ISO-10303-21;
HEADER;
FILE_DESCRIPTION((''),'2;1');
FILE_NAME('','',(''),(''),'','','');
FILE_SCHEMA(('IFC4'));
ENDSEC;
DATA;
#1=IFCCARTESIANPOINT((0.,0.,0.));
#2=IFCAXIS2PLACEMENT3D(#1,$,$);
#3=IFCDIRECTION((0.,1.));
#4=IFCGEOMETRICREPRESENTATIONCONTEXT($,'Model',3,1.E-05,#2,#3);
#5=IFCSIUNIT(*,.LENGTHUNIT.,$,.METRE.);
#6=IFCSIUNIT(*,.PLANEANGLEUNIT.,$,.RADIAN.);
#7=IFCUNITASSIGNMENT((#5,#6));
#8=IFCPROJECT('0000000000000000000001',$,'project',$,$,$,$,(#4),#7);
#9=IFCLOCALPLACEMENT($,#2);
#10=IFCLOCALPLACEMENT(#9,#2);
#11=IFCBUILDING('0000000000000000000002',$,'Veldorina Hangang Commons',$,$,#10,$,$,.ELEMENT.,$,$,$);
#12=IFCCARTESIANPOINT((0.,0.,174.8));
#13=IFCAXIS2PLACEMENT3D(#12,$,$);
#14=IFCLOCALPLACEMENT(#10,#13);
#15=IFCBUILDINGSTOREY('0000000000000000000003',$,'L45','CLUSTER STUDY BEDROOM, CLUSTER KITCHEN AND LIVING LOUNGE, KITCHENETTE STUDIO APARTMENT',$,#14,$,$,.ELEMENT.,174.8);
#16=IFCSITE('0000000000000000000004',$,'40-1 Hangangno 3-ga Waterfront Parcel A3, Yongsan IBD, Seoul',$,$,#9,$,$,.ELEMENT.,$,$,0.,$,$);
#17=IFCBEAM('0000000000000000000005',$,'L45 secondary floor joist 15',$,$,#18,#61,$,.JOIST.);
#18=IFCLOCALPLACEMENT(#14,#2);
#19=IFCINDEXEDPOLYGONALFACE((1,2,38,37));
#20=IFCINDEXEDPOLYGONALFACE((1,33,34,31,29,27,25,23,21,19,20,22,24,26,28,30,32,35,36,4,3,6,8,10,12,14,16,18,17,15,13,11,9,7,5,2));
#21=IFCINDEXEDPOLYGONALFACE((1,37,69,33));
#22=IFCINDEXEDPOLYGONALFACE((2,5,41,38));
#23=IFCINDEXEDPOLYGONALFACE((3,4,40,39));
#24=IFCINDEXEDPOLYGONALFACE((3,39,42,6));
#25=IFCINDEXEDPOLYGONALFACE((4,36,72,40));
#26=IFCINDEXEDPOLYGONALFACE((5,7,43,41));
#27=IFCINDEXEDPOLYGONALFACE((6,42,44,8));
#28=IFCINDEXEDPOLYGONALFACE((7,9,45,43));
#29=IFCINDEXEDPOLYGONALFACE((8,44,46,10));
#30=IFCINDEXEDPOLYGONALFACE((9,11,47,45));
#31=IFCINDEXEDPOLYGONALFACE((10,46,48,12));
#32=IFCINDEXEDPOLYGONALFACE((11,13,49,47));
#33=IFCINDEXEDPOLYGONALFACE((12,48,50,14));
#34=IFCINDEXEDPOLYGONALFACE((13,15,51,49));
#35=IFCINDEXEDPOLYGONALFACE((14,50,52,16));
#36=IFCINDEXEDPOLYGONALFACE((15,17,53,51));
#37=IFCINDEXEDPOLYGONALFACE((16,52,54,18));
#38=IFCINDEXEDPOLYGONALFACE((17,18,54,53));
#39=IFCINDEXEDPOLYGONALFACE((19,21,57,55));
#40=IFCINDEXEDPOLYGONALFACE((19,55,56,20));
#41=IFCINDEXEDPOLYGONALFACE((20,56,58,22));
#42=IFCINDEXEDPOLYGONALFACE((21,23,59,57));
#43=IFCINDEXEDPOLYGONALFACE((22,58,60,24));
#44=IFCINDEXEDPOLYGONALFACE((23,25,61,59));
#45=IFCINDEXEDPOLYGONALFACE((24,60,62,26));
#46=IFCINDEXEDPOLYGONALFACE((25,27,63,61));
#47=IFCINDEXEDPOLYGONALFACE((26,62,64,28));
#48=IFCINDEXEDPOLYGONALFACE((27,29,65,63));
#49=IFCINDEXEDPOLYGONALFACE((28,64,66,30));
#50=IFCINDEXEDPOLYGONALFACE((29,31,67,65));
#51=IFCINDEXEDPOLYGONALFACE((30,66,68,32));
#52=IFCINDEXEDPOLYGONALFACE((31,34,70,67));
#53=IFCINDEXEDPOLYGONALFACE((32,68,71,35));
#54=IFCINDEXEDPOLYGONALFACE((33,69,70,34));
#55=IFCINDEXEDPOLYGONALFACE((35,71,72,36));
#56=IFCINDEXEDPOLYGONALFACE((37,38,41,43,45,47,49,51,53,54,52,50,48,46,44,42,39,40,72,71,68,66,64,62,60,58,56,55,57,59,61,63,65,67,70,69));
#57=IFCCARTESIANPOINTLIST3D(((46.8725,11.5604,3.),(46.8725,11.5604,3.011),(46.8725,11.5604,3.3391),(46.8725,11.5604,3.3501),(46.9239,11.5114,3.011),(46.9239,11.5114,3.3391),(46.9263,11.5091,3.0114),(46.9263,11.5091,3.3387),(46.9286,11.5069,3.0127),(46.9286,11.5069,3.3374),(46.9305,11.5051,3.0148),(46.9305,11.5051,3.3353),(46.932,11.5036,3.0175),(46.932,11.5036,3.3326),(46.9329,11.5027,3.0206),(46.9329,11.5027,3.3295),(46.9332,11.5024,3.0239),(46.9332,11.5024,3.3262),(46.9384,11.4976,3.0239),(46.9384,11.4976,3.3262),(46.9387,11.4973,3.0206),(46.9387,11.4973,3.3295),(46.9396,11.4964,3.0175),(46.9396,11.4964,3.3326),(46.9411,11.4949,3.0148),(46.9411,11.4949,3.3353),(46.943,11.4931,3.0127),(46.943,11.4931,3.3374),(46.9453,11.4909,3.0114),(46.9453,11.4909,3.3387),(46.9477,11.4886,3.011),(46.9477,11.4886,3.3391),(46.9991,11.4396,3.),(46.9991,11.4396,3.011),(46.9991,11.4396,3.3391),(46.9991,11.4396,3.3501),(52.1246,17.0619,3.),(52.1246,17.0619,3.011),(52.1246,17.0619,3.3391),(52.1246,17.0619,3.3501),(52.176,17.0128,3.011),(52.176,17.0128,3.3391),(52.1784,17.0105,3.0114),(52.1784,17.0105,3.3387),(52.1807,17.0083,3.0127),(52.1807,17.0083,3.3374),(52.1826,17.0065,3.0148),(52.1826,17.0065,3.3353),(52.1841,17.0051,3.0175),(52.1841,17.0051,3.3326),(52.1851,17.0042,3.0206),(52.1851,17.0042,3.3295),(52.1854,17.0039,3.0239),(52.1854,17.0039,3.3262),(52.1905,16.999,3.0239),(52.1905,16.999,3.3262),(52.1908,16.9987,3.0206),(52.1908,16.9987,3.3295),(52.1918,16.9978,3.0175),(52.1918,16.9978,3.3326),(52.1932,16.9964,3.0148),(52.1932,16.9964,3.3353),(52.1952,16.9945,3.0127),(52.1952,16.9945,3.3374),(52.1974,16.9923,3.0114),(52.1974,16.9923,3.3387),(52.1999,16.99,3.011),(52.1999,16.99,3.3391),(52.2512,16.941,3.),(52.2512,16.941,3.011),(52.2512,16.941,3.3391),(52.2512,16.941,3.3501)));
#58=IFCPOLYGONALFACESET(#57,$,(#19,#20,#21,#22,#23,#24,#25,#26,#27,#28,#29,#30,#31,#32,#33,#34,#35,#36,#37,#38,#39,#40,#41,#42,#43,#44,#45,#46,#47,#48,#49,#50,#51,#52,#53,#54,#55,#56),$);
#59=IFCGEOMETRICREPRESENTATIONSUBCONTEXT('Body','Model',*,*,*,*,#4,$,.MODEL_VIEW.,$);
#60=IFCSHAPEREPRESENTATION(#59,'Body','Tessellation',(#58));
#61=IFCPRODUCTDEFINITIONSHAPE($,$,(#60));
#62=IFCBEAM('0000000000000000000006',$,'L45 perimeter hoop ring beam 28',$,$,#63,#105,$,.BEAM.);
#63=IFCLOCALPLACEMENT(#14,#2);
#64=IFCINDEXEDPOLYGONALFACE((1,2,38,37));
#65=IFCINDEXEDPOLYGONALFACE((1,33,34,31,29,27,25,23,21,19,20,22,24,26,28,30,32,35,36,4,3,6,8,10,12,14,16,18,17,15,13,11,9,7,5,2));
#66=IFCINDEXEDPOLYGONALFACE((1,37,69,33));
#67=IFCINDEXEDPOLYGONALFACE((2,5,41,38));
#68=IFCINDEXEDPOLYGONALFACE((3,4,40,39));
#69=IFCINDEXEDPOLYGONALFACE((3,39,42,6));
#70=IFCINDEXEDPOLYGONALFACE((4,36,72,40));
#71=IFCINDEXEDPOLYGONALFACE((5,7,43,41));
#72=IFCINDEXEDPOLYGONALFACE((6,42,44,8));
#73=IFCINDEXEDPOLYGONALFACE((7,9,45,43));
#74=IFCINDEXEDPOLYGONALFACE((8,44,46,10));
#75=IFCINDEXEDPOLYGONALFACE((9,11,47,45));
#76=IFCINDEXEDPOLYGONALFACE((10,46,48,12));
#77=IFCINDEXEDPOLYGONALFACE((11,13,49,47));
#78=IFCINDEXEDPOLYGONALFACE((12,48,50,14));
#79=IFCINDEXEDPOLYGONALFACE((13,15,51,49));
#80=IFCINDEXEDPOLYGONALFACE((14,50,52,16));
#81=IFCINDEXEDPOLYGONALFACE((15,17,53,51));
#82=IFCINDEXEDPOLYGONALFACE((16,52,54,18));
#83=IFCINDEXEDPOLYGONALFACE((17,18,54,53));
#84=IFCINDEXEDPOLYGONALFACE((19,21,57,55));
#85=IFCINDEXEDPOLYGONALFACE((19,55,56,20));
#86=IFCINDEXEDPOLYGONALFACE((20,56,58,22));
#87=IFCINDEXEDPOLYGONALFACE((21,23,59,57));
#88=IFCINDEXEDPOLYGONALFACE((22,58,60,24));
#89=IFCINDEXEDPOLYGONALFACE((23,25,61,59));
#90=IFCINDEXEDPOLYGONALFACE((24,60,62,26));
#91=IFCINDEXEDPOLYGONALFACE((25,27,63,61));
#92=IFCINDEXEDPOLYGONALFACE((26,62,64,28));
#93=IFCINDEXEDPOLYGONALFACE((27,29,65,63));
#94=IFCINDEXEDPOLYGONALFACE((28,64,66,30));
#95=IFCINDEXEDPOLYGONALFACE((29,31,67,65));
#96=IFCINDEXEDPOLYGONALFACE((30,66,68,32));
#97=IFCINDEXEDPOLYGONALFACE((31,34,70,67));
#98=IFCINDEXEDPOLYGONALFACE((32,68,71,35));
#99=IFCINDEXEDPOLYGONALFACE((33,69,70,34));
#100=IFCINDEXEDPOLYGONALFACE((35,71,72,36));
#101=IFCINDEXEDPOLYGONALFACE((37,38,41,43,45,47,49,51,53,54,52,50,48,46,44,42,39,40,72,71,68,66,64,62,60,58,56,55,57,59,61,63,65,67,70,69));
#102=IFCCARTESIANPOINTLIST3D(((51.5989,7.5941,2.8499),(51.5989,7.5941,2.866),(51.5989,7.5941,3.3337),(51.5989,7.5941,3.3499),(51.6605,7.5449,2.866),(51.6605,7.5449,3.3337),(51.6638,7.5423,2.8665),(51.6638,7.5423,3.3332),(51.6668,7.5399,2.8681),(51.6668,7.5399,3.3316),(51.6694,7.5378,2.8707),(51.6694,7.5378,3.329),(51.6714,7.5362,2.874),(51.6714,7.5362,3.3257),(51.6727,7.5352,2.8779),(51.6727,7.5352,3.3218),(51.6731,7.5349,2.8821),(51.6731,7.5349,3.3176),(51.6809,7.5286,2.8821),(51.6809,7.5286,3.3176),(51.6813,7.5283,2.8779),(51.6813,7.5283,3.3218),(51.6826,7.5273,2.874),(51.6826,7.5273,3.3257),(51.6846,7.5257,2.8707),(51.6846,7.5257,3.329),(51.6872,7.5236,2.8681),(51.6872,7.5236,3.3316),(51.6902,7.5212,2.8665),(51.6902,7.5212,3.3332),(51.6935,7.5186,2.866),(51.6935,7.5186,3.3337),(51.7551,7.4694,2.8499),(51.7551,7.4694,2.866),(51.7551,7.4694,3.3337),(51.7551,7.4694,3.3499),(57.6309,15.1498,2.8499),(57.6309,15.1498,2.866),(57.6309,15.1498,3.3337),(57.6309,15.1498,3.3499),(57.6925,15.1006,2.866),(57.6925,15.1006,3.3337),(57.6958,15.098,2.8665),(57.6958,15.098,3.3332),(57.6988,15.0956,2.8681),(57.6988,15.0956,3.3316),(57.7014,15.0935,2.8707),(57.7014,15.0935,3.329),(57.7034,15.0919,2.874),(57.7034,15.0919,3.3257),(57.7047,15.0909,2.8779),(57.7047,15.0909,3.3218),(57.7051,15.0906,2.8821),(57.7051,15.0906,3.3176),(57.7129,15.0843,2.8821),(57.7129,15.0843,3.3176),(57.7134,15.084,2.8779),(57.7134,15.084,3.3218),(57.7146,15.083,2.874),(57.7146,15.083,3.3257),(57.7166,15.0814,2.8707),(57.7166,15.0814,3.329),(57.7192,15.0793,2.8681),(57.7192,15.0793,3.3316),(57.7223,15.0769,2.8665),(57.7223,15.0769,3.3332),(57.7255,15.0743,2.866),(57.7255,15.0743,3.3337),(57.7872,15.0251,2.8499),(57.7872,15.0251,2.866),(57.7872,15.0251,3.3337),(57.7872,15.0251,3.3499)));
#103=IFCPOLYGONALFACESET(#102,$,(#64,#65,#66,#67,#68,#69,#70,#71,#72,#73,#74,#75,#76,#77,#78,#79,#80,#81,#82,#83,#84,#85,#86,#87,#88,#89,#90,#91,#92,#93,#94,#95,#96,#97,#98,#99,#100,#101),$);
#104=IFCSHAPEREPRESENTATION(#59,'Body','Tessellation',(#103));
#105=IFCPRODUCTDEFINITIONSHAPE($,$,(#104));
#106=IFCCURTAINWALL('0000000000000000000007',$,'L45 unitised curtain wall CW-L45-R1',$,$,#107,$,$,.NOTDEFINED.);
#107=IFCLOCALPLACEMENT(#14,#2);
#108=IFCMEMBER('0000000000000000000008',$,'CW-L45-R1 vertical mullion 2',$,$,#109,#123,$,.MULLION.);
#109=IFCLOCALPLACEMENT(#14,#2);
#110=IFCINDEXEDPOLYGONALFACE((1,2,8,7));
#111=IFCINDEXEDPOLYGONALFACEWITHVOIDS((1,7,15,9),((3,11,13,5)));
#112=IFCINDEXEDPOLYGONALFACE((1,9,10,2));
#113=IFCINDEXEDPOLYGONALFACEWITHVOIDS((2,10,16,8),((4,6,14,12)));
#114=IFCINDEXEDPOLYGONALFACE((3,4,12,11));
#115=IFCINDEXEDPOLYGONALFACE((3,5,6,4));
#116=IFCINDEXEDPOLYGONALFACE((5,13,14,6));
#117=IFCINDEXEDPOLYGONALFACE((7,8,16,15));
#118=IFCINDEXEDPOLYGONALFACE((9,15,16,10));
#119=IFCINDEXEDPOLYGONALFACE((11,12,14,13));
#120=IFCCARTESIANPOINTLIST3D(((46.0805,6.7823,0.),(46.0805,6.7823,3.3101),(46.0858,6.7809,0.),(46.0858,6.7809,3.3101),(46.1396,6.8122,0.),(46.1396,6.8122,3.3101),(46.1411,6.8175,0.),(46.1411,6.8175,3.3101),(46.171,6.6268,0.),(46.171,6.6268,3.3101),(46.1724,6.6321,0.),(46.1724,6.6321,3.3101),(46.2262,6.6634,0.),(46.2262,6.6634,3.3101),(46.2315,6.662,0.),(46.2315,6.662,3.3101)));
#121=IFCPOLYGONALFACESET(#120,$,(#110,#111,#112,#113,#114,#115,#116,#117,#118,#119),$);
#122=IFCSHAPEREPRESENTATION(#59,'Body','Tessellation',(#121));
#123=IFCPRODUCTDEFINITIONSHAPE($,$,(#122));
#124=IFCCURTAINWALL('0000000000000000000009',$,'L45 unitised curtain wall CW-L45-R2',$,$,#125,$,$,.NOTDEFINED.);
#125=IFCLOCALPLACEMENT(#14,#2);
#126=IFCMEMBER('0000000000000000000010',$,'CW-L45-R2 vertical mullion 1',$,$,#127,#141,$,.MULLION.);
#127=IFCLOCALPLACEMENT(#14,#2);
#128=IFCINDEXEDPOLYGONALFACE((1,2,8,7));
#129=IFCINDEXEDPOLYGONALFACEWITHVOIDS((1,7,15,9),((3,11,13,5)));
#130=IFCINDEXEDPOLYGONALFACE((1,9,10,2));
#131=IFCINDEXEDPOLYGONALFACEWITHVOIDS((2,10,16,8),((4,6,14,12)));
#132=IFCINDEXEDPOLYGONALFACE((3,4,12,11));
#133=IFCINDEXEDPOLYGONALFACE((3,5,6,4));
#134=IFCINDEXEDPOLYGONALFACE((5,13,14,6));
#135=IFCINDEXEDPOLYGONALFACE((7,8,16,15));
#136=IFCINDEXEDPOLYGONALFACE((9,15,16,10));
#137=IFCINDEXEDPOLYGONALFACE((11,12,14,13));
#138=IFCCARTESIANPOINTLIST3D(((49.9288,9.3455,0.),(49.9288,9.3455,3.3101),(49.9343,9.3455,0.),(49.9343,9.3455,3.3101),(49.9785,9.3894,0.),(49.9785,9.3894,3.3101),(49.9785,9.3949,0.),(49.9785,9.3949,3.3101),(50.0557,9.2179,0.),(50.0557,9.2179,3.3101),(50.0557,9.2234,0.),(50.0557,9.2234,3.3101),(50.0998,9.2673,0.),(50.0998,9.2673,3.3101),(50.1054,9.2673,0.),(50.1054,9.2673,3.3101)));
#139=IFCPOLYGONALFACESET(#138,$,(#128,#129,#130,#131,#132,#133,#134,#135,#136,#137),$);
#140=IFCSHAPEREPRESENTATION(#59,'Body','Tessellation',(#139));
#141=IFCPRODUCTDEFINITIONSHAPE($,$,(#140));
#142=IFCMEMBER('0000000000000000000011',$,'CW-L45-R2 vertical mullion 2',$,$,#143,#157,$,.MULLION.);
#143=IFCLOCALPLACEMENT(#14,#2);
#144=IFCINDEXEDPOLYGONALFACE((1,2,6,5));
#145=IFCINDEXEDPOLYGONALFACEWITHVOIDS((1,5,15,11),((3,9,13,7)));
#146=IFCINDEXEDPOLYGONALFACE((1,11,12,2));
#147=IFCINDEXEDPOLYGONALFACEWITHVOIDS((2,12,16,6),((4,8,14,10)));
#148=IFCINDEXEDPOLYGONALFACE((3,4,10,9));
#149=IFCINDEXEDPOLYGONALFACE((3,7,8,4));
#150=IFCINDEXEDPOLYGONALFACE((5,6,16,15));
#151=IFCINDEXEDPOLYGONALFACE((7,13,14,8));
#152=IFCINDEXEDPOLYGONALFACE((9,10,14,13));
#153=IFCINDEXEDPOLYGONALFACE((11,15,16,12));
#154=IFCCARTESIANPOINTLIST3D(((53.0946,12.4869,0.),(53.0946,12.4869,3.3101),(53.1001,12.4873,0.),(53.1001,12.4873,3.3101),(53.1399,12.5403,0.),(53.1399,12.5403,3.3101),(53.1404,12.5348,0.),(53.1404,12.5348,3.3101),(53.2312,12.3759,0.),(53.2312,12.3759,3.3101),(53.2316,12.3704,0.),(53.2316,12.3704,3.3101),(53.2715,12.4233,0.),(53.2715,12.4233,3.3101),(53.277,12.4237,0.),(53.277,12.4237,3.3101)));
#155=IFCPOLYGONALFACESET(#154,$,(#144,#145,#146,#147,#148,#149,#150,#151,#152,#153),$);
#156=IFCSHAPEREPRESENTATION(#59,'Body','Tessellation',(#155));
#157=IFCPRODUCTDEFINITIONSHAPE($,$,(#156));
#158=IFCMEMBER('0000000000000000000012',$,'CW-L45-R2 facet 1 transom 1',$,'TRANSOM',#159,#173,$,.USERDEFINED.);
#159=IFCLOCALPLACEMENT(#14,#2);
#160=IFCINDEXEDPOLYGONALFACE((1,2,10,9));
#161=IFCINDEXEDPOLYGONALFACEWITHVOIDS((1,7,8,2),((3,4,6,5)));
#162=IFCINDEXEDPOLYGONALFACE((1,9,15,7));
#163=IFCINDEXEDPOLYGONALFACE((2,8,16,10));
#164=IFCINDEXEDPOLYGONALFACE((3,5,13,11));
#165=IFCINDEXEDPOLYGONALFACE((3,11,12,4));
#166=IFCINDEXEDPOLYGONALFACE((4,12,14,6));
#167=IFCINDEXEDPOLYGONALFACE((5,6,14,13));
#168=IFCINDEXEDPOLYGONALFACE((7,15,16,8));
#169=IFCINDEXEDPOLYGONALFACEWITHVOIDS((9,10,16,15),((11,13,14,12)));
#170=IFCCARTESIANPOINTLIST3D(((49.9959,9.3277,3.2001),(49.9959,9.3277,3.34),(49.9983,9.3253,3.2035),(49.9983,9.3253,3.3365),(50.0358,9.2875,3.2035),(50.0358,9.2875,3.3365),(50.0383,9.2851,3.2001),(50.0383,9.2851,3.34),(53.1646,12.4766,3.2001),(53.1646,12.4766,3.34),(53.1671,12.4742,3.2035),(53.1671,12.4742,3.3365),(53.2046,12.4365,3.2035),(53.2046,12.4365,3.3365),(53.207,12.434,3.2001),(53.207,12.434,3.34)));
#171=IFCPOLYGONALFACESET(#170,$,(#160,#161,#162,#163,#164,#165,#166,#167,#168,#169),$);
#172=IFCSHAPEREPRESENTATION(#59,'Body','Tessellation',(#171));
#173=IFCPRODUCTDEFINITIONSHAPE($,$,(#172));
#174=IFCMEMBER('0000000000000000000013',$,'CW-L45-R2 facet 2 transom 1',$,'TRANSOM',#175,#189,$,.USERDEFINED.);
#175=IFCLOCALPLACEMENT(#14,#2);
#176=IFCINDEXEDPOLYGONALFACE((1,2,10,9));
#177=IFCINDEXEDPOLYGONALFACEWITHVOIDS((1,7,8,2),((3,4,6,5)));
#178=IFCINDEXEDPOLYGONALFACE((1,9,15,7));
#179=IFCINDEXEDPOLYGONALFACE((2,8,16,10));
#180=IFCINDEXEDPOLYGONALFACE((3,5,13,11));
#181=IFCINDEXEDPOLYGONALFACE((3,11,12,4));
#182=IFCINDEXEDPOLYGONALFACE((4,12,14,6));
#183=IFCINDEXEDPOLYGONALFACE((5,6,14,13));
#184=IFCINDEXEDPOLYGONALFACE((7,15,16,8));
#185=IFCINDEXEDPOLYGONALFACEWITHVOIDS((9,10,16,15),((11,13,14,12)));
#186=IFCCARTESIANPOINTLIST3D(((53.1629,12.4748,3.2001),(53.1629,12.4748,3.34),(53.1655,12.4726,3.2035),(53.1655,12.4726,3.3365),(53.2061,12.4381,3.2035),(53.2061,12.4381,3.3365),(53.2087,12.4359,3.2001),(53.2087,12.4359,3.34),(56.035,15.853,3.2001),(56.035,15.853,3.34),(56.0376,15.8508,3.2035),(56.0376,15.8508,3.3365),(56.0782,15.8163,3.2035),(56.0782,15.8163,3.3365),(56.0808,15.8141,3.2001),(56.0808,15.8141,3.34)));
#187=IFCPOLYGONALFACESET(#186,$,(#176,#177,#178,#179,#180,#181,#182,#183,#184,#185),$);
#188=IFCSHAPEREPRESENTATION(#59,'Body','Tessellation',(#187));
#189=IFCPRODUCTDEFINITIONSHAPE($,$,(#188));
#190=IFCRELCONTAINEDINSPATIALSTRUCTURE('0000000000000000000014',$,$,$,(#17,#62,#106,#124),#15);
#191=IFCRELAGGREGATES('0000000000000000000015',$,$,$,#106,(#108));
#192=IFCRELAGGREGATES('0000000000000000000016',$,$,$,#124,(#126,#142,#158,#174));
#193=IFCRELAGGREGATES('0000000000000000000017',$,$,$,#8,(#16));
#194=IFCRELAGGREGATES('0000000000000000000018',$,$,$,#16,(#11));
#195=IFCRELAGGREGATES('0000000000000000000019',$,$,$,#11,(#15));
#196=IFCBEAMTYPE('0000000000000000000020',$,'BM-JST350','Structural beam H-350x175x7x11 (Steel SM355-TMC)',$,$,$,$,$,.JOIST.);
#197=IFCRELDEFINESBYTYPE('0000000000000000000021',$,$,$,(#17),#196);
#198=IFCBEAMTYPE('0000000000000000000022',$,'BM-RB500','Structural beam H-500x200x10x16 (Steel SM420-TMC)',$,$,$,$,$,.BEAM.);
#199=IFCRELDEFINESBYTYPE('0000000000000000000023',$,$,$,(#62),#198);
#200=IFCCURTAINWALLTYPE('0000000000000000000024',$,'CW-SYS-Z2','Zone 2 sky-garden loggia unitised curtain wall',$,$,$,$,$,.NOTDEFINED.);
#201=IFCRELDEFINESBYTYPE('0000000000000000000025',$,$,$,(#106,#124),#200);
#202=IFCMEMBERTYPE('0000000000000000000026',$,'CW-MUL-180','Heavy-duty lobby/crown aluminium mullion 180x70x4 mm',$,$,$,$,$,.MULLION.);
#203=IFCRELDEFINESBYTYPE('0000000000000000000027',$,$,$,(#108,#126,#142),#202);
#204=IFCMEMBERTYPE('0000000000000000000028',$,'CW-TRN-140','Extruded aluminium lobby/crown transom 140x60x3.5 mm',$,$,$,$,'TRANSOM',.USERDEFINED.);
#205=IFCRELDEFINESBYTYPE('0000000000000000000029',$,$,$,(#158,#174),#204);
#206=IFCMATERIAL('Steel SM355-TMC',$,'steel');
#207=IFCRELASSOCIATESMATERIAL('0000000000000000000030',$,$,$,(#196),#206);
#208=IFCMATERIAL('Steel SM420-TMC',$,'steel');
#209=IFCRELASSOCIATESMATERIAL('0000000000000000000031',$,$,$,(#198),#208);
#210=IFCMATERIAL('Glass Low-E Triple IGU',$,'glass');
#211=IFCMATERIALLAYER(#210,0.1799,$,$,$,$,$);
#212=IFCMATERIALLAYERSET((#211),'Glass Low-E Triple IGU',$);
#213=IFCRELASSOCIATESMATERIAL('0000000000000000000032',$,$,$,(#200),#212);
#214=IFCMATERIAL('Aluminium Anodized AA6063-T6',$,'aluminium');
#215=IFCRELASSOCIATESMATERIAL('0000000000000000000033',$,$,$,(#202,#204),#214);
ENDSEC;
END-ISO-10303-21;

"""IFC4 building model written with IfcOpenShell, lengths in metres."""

from ifc_helpers import new_model, si_unit, direction, frame, origin, origin_2d, place, context, subcontext, project, spatial, hollow_rectangle, i_section, extrude, material, layer, layer_set, material_profile, profile_set, type_object, element, aggregate, save


model = new_model("IFC4")

# Units and contexts
model_context = context("Model", 3, precision=1e-05, world=origin(), true_north=direction((0.0, 1.0)))
body_context = subcontext(model_context, "Body", "Model", "MODEL_VIEW")
ifc_project = project(units=[si_unit("LENGTHUNIT", "METRE"), si_unit("PLANEANGLEUNIT", "RADIAN")], contexts=[model_context])

# Site, building, storey
site_placement = place(None, origin())
site = spatial("IfcSite", under=ifc_project, at=site_placement, Name="40-1 Hangangno 3-ga Waterfront Parcel A3, Yongsan IBD, Seoul", CompositionType="ELEMENT", RefElevation=0.0)
building_placement = place(site_placement, origin())
building = spatial("IfcBuilding", under=site, at=building_placement, Name="Veldorina Hangang Commons", CompositionType="ELEMENT")
storey_placement = place(building_placement, frame((0.0, 0.0, 174.8)))
storey = spatial("IfcBuildingStorey", under=building, at=storey_placement, Name="L45", Description="CLUSTER STUDY BEDROOM, CLUSTER KITCHEN AND LIVING LOUNGE, KITCHENETTE STUDIO APARTMENT", CompositionType="ELEMENT", Elevation=174.8)

# Beams
ifc_material_1 = material(Name="Steel SM355-TMC", Category="steel")
ifc_material_profile_1 = material_profile(ifc_material_1, i_section(OverallWidth=0.175, OverallDepth=0.3501, WebThickness=0.0071, FlangeThickness=0.011, FilletRadius=0.0129, at=origin_2d()), Name="H-350x175x7x11")
ifc_profile_set_1 = profile_set([ifc_material_profile_1], Name="Steel SM355-TMC")
beam_type_1 = type_object("IfcBeamType", Name="BM-JST350", Description="Structural beam H-350x175x7x11 (Steel SM355-TMC)", PredefinedType="JOIST", material=ifc_profile_set_1)
beam_1_placement = place(storey_placement, frame((46.9358, 11.5, 3.175), z_axis=(0.690531, 0.723303, 0.0), x_axis=(-0.723303, 0.690531, 0.0)))
element("IfcBeam", 1, at=beam_1_placement, inside=storey, type_object=beam_type_1, Name="L45 secondary floor joist 15", PredefinedType="JOIST", context=body_context, shape_type="SweptSolid", body=[
    extrude(i_section(OverallWidth=0.175, OverallDepth=0.3501, WebThickness=0.0071, FlangeThickness=0.011, FilletRadius=0.0129, at=origin_2d()), origin(), (0.0, 0.0, 1.0), 7.606),
])
ifc_material_2 = material(Name="Steel SM420-TMC", Category="steel")
ifc_material_profile_2 = material_profile(ifc_material_2, i_section(OverallWidth=0.2, OverallDepth=0.5, WebThickness=0.01, FlangeThickness=0.0161, FilletRadius=0.0161, at=origin_2d()), Name="H-500x200x10x16")
ifc_profile_set_2 = profile_set([ifc_material_profile_2], Name="Steel SM420-TMC")
beam_type_2 = type_object("IfcBeamType", Name="BM-RB500", Description="Structural beam H-500x200x10x16 (Steel SM420-TMC)", PredefinedType="BEAM", material=ifc_profile_set_2)
beam_2_placement = place(storey_placement, frame((51.677, 7.5317, 3.0999), z_axis=(0.623903, 0.781502, 0.0), x_axis=(-0.781502, 0.623903, 0.0)))
element("IfcBeam", 2, at=beam_2_placement, inside=storey, type_object=beam_type_2, Name="L45 perimeter hoop ring beam 28", PredefinedType="BEAM", context=body_context, shape_type="SweptSolid", body=[
    extrude(i_section(OverallWidth=0.2, OverallDepth=0.5, WebThickness=0.01, FlangeThickness=0.0161, FilletRadius=0.0161, at=origin_2d()), origin(), (0.0, 0.0, 1.0), 9.6682),
])

# Curtain wall, member
ifc_material_3 = material(Name="Glass Low-E Triple IGU", Category="glass")
ifc_layer_1 = layer(ifc_material_3, 0.1799)
ifc_layer_set_1 = layer_set([ifc_layer_1], Name="Glass Low-E Triple IGU")
curtain_wall_type = type_object("IfcCurtainWallType", Name="CW-SYS-Z2", Description="Zone 2 sky-garden loggia unitised curtain wall", PredefinedType="NOTDEFINED", material=ifc_layer_set_1)
curtain_wall_1_placement = place(storey_placement, origin())
curtain_wall_1 = element("IfcCurtainWall", 3, at=curtain_wall_1_placement, inside=storey, type_object=curtain_wall_type, Name="L45 unitised curtain wall CW-L45-R1", PredefinedType="NOTDEFINED")
ifc_material_4 = material(Name="Aluminium Anodized AA6063-T6", Category="aluminium")
ifc_material_profile_3 = material_profile(ifc_material_4, hollow_rectangle(XDim=0.0701, YDim=0.1799, WallThickness=0.0039, at=origin_2d()), Name="ALU-RHS-180x70x4")
ifc_profile_set_3 = profile_set([ifc_material_profile_3], Name="Aluminium Anodized AA6063-T6")
member_type_1 = type_object("IfcMemberType", Name="CW-MUL-180", Description="Heavy-duty lobby/crown aluminium mullion 180x70x4 mm", PredefinedType="MULLION", material=ifc_profile_set_3)
member_1_placement = place(storey_placement, frame((46.156, 6.7222, 0.0), z_axis=(0.0, 0.0, 1.0), x_axis=(-0.864398, -0.502809, 0.0)))
member_1 = element("IfcMember", 4, at=member_1_placement, type_object=member_type_1, Name="CW-L45-R1 vertical mullion 2", PredefinedType="MULLION", context=body_context, shape_type="SweptSolid", body=[
    extrude(hollow_rectangle(XDim=0.0701, YDim=0.1799, WallThickness=0.0039, at=origin_2d()), origin(), (0.0, 0.0, 1.0), 3.3101),
])

# Curtain wall, members
curtain_wall_2_placement = place(storey_placement, origin())
curtain_wall_2 = element("IfcCurtainWall", 5, at=curtain_wall_2_placement, inside=storey, type_object=curtain_wall_type, Name="L45 unitised curtain wall CW-L45-R2", PredefinedType="NOTDEFINED")
member_2_placement = place(storey_placement, frame((50.0171, 9.3064, 0.0), z_axis=(0.0, 0.0, 1.0), x_axis=(0.709312, 0.704894, 0.0)))
member_2 = element("IfcMember", 6, at=member_2_placement, type_object=member_type_1, Name="CW-L45-R2 vertical mullion 1", PredefinedType="MULLION", context=body_context, shape_type="SweptSolid", body=[
    extrude(hollow_rectangle(XDim=0.0701, YDim=0.1799, WallThickness=0.0039, at=origin_2d()), origin(), (0.0, 0.0, 1.0), 3.3101),
])
member_3_placement = place(storey_placement, frame((53.1858, 12.4553, 0.0), z_axis=(0.0, 0.0, 1.0), x_axis=(0.647721, 0.761878, 0.0)))
member_3 = element("IfcMember", 7, at=member_3_placement, type_object=member_type_1, Name="CW-L45-R2 vertical mullion 2", PredefinedType="MULLION", context=body_context, shape_type="SweptSolid", body=[
    extrude(hollow_rectangle(XDim=0.0701, YDim=0.1799, WallThickness=0.0039, at=origin_2d()), origin(), (0.0, 0.0, 1.0), 3.3101),
])
ifc_material_profile_4 = material_profile(ifc_material_4, hollow_rectangle(XDim=0.0601, YDim=0.1399, WallThickness=0.0034, at=origin_2d()), Name="ALU-RHS-140x60x3.5")
ifc_profile_set_4 = profile_set([ifc_material_profile_4], Name="Aluminium Anodized AA6063-T6")
member_type_2 = type_object("IfcMemberType", Name="CW-TRN-140", Description="Extruded aluminium lobby/crown transom 140x60x3.5 mm", ElementType="TRANSOM", PredefinedType="USERDEFINED", material=ifc_profile_set_4)
member_4_placement = place(storey_placement, frame((50.0171, 9.3064, 3.27), z_axis=(0.709317, 0.70489, 0.0), x_axis=(-0.70489, 0.709317, 0.0)))
member_4 = element("IfcMember", 8, at=member_4_placement, type_object=member_type_2, Name="CW-L45-R2 facet 1 transom 1", ObjectType="TRANSOM", PredefinedType="USERDEFINED", context=body_context, shape_type="SweptSolid", body=[
    extrude(hollow_rectangle(XDim=0.0601, YDim=0.1399, WallThickness=0.0034, at=origin_2d()), origin(), (0.0, 0.0, 1.0), 4.4673),
])
member_5_placement = place(storey_placement, frame((53.1858, 12.4553, 3.27), z_axis=(0.64773, 0.76187, 0.0), x_axis=(-0.76187, 0.64773, 0.0)))
member_5 = element("IfcMember", 9, at=member_5_placement, type_object=member_type_2, Name="CW-L45-R2 facet 2 transom 1", ObjectType="TRANSOM", PredefinedType="USERDEFINED", context=body_context, shape_type="SweptSolid", body=[
    extrude(hollow_rectangle(XDim=0.0601, YDim=0.1399, WallThickness=0.0034, at=origin_2d()), origin(), (0.0, 0.0, 1.0), 4.4341),
])

aggregate(curtain_wall_1, [member_1])
aggregate(curtain_wall_2, [member_2, member_3, member_4, member_5])

save(model, "model.ifc")
